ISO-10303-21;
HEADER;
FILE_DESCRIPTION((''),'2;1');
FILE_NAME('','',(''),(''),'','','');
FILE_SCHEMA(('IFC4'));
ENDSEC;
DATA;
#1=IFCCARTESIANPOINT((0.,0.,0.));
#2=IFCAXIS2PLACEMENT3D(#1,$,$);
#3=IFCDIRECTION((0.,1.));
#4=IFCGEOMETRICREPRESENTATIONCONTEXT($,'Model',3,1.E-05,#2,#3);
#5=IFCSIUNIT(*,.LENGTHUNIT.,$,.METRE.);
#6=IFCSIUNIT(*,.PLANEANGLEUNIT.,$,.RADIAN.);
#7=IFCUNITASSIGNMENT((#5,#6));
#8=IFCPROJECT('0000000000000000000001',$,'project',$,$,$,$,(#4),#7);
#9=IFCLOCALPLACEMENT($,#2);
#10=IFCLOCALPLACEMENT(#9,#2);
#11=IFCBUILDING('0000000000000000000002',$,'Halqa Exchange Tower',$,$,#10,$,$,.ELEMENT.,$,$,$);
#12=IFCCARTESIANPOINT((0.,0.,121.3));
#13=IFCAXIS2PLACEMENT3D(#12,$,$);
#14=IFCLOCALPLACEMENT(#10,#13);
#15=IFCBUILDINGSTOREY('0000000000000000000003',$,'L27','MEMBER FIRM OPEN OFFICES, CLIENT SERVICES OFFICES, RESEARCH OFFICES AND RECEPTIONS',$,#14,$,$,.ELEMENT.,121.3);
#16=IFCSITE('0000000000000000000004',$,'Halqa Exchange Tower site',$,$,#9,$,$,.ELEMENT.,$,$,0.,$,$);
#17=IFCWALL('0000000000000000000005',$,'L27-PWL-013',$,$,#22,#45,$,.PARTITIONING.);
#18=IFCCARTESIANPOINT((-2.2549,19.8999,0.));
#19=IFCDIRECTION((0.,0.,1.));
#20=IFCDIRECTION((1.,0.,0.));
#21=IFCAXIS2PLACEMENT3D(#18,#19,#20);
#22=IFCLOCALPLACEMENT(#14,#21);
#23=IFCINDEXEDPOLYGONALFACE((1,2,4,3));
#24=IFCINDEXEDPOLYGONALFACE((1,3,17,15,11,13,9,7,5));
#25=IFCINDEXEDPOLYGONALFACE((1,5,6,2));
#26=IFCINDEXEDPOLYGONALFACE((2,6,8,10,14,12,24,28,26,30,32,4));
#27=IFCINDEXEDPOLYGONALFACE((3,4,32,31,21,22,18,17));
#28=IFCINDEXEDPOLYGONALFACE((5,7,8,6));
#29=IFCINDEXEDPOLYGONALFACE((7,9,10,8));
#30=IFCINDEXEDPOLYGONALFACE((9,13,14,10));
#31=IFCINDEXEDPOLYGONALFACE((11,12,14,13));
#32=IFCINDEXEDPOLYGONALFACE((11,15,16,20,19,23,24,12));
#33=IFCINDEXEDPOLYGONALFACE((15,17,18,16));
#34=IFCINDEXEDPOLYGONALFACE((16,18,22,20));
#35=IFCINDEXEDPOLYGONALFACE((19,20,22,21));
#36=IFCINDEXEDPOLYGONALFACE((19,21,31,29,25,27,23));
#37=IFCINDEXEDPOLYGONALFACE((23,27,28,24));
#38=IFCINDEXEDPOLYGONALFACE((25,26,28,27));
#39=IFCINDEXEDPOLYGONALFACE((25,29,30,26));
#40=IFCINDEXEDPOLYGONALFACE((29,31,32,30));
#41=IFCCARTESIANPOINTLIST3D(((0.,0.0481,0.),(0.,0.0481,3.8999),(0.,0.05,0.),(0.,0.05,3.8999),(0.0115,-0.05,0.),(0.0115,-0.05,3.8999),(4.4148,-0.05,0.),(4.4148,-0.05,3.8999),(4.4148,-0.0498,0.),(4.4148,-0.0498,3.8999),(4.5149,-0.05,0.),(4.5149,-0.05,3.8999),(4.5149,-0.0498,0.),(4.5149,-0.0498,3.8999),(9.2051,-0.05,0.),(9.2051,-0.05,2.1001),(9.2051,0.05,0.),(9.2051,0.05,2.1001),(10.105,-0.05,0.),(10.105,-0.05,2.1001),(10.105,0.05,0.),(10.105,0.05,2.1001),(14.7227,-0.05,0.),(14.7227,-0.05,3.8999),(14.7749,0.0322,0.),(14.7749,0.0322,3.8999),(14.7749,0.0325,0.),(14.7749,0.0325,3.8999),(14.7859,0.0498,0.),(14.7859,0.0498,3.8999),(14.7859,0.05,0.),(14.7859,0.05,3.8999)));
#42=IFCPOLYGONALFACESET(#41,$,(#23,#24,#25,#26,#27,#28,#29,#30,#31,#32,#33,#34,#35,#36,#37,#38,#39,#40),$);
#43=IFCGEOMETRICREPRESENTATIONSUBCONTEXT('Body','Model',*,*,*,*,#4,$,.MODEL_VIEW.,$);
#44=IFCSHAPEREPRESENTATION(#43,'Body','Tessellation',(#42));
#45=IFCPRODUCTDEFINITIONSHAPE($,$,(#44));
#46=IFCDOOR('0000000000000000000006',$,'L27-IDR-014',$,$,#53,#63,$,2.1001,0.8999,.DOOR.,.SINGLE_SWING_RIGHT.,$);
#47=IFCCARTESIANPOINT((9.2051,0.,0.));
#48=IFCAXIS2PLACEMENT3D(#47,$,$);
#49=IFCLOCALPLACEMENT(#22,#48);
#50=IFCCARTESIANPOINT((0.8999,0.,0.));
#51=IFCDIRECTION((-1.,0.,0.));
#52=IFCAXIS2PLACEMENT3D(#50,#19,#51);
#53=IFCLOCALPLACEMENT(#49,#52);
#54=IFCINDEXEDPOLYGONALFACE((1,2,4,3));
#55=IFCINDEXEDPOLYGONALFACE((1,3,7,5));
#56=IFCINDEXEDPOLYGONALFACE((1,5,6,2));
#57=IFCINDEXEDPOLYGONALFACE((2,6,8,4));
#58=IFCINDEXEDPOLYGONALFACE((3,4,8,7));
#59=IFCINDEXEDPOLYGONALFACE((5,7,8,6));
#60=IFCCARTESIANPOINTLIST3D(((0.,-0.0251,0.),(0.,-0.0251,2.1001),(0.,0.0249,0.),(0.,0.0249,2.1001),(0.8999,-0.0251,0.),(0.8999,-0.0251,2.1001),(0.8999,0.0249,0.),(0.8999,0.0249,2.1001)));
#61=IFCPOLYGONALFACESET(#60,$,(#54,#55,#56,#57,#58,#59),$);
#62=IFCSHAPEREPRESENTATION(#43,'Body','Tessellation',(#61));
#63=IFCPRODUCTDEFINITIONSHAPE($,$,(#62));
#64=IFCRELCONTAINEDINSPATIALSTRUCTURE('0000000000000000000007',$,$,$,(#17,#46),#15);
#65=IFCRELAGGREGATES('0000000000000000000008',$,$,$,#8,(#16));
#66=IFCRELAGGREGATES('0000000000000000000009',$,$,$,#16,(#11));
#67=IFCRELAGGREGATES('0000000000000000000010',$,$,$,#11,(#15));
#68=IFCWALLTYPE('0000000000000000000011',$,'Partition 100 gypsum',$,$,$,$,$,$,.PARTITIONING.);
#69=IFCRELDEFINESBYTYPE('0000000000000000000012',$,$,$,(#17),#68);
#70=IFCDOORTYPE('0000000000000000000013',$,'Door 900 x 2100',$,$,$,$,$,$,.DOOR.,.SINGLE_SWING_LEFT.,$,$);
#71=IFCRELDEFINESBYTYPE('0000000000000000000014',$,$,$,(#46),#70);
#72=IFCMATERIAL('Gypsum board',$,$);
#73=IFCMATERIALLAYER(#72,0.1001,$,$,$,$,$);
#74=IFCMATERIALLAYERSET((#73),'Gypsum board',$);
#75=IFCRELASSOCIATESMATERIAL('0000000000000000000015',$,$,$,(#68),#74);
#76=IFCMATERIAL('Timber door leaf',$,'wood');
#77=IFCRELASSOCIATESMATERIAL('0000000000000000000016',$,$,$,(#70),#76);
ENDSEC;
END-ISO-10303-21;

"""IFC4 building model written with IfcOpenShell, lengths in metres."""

from ifc_helpers import new_model, si_unit, direction, frame, frame_2d, origin, place, context, subcontext, project, spatial, polyline, rectangle, outline, extrude, material, layer, layer_set, type_object, element, fill, save


model = new_model("IFC4")

# Units and contexts
model_context = context("Model", 3, precision=1e-05, world=origin(), true_north=direction((0.0, 1.0)))
body_context = subcontext(model_context, "Body", "Model", "MODEL_VIEW")
ifc_project = project(units=[si_unit("LENGTHUNIT", "METRE"), si_unit("PLANEANGLEUNIT", "RADIAN")], contexts=[model_context])

# Site, building, storey
site_placement = place(None, origin())
site = spatial("IfcSite", under=ifc_project, at=site_placement, Name="Halqa Exchange Tower site", CompositionType="ELEMENT", RefElevation=0.0)
building_placement = place(site_placement, origin())
building = spatial("IfcBuilding", under=site, at=building_placement, Name="Halqa Exchange Tower", CompositionType="ELEMENT")
storey_placement = place(building_placement, frame((0.0, 0.0, 121.3)))
storey = spatial("IfcBuildingStorey", under=building, at=storey_placement, Name="L27", Description="MEMBER FIRM OPEN OFFICES, CLIENT SERVICES OFFICES, RESEARCH OFFICES AND RECEPTIONS", CompositionType="ELEMENT", Elevation=121.3)

# Wall, opening, door
ifc_material_1 = material(Name="Gypsum board")
ifc_layer_1 = layer(ifc_material_1, 0.1001)
ifc_layer_set_1 = layer_set([ifc_layer_1], Name="Gypsum board")
wall_type_1 = type_object("IfcWallType", Name="Partition 100 gypsum", PredefinedType="PARTITIONING", material=ifc_layer_set_1)
wall_1_placement = place(storey_placement, frame((-2.2549, 19.8999, 0.0), z_axis=(0.0, 0.0, 1.0), x_axis=(1.0, 0.0, 0.0)))
wall_1 = element("IfcWall", 1, at=wall_1_placement, inside=storey, type_object=wall_type_1, Name="L27-PWL-013", PredefinedType="PARTITIONING", context=body_context, shape_type="SweptSolid", body=[
    extrude(outline(polyline([(0.0115, -0.05), (1.4792, -0.05), (2.947, -0.05), (4.4148, -0.05), (4.4148, -0.0498), (4.5149, -0.0498), (4.5149, -0.05), (6.2163, -0.05), (7.9175, -0.05), (9.6189, -0.05), (11.3201, -0.05), (13.0215, -0.05), (14.7227, -0.05), (14.7749, 0.0325), (14.7749, 0.0322), (14.7859, 0.0498), (14.7859, 0.05), (12.9377, 0.05), (11.0894, 0.05), (9.2412, 0.05), (7.3931, 0.05), (5.5447, 0.05), (3.6965, 0.05), (1.8481, 0.05), (0.0, 0.05), (0.0, 0.0481), (0.0115, -0.05)])), origin(), (0.0, 0.0, 1.0), 3.8999),
])
opening_1_placement = place(wall_1_placement, frame((9.2051, 0.0, 0.0)))
opening_1 = element("IfcOpeningElement", 2, at=opening_1_placement, cuts=wall_1, PredefinedType="OPENING", context=body_context, shape_type="SweptSolid", body=[
    extrude(rectangle(XDim=0.8999, YDim=2.1001, at=frame_2d((0.45, 1.05))), frame((0.0, 0.062, 0.0), z_axis=(0.0, -1.0, 0.0), x_axis=(1.0, 0.0, 0.0)), (0.0, 0.0, 1.0), 0.124),
])
ifc_material_2 = material(Name="Timber door leaf", Category="wood")
door_type_1 = type_object("IfcDoorType", Name="Door 900 x 2100", OperationType="SINGLE_SWING_LEFT", PredefinedType="DOOR", material=ifc_material_2)
door_1_placement = place(opening_1_placement, frame((0.8999, 0.0, 0.0), z_axis=(0.0, 0.0, 1.0), x_axis=(-1.0, 0.0, 0.0)))
door_1 = element("IfcDoor", 3, at=door_1_placement, inside=storey, type_object=door_type_1, Name="L27-IDR-014", OperationType="SINGLE_SWING_RIGHT", OverallHeight=2.1001, OverallWidth=0.8999, PredefinedType="DOOR", context=body_context, shape_type="SweptSolid", body=[
    extrude(rectangle(XDim=0.8999, YDim=2.1001, at=frame_2d((0.45, 1.05))), frame((0.0, 0.0249, 0.0), z_axis=(0.0, -1.0, 0.0), x_axis=(1.0, 0.0, 0.0)), (0.0, 0.0, 1.0), 0.05),
])
fill(opening_1, door_1)

save(model, "model.ifc")
